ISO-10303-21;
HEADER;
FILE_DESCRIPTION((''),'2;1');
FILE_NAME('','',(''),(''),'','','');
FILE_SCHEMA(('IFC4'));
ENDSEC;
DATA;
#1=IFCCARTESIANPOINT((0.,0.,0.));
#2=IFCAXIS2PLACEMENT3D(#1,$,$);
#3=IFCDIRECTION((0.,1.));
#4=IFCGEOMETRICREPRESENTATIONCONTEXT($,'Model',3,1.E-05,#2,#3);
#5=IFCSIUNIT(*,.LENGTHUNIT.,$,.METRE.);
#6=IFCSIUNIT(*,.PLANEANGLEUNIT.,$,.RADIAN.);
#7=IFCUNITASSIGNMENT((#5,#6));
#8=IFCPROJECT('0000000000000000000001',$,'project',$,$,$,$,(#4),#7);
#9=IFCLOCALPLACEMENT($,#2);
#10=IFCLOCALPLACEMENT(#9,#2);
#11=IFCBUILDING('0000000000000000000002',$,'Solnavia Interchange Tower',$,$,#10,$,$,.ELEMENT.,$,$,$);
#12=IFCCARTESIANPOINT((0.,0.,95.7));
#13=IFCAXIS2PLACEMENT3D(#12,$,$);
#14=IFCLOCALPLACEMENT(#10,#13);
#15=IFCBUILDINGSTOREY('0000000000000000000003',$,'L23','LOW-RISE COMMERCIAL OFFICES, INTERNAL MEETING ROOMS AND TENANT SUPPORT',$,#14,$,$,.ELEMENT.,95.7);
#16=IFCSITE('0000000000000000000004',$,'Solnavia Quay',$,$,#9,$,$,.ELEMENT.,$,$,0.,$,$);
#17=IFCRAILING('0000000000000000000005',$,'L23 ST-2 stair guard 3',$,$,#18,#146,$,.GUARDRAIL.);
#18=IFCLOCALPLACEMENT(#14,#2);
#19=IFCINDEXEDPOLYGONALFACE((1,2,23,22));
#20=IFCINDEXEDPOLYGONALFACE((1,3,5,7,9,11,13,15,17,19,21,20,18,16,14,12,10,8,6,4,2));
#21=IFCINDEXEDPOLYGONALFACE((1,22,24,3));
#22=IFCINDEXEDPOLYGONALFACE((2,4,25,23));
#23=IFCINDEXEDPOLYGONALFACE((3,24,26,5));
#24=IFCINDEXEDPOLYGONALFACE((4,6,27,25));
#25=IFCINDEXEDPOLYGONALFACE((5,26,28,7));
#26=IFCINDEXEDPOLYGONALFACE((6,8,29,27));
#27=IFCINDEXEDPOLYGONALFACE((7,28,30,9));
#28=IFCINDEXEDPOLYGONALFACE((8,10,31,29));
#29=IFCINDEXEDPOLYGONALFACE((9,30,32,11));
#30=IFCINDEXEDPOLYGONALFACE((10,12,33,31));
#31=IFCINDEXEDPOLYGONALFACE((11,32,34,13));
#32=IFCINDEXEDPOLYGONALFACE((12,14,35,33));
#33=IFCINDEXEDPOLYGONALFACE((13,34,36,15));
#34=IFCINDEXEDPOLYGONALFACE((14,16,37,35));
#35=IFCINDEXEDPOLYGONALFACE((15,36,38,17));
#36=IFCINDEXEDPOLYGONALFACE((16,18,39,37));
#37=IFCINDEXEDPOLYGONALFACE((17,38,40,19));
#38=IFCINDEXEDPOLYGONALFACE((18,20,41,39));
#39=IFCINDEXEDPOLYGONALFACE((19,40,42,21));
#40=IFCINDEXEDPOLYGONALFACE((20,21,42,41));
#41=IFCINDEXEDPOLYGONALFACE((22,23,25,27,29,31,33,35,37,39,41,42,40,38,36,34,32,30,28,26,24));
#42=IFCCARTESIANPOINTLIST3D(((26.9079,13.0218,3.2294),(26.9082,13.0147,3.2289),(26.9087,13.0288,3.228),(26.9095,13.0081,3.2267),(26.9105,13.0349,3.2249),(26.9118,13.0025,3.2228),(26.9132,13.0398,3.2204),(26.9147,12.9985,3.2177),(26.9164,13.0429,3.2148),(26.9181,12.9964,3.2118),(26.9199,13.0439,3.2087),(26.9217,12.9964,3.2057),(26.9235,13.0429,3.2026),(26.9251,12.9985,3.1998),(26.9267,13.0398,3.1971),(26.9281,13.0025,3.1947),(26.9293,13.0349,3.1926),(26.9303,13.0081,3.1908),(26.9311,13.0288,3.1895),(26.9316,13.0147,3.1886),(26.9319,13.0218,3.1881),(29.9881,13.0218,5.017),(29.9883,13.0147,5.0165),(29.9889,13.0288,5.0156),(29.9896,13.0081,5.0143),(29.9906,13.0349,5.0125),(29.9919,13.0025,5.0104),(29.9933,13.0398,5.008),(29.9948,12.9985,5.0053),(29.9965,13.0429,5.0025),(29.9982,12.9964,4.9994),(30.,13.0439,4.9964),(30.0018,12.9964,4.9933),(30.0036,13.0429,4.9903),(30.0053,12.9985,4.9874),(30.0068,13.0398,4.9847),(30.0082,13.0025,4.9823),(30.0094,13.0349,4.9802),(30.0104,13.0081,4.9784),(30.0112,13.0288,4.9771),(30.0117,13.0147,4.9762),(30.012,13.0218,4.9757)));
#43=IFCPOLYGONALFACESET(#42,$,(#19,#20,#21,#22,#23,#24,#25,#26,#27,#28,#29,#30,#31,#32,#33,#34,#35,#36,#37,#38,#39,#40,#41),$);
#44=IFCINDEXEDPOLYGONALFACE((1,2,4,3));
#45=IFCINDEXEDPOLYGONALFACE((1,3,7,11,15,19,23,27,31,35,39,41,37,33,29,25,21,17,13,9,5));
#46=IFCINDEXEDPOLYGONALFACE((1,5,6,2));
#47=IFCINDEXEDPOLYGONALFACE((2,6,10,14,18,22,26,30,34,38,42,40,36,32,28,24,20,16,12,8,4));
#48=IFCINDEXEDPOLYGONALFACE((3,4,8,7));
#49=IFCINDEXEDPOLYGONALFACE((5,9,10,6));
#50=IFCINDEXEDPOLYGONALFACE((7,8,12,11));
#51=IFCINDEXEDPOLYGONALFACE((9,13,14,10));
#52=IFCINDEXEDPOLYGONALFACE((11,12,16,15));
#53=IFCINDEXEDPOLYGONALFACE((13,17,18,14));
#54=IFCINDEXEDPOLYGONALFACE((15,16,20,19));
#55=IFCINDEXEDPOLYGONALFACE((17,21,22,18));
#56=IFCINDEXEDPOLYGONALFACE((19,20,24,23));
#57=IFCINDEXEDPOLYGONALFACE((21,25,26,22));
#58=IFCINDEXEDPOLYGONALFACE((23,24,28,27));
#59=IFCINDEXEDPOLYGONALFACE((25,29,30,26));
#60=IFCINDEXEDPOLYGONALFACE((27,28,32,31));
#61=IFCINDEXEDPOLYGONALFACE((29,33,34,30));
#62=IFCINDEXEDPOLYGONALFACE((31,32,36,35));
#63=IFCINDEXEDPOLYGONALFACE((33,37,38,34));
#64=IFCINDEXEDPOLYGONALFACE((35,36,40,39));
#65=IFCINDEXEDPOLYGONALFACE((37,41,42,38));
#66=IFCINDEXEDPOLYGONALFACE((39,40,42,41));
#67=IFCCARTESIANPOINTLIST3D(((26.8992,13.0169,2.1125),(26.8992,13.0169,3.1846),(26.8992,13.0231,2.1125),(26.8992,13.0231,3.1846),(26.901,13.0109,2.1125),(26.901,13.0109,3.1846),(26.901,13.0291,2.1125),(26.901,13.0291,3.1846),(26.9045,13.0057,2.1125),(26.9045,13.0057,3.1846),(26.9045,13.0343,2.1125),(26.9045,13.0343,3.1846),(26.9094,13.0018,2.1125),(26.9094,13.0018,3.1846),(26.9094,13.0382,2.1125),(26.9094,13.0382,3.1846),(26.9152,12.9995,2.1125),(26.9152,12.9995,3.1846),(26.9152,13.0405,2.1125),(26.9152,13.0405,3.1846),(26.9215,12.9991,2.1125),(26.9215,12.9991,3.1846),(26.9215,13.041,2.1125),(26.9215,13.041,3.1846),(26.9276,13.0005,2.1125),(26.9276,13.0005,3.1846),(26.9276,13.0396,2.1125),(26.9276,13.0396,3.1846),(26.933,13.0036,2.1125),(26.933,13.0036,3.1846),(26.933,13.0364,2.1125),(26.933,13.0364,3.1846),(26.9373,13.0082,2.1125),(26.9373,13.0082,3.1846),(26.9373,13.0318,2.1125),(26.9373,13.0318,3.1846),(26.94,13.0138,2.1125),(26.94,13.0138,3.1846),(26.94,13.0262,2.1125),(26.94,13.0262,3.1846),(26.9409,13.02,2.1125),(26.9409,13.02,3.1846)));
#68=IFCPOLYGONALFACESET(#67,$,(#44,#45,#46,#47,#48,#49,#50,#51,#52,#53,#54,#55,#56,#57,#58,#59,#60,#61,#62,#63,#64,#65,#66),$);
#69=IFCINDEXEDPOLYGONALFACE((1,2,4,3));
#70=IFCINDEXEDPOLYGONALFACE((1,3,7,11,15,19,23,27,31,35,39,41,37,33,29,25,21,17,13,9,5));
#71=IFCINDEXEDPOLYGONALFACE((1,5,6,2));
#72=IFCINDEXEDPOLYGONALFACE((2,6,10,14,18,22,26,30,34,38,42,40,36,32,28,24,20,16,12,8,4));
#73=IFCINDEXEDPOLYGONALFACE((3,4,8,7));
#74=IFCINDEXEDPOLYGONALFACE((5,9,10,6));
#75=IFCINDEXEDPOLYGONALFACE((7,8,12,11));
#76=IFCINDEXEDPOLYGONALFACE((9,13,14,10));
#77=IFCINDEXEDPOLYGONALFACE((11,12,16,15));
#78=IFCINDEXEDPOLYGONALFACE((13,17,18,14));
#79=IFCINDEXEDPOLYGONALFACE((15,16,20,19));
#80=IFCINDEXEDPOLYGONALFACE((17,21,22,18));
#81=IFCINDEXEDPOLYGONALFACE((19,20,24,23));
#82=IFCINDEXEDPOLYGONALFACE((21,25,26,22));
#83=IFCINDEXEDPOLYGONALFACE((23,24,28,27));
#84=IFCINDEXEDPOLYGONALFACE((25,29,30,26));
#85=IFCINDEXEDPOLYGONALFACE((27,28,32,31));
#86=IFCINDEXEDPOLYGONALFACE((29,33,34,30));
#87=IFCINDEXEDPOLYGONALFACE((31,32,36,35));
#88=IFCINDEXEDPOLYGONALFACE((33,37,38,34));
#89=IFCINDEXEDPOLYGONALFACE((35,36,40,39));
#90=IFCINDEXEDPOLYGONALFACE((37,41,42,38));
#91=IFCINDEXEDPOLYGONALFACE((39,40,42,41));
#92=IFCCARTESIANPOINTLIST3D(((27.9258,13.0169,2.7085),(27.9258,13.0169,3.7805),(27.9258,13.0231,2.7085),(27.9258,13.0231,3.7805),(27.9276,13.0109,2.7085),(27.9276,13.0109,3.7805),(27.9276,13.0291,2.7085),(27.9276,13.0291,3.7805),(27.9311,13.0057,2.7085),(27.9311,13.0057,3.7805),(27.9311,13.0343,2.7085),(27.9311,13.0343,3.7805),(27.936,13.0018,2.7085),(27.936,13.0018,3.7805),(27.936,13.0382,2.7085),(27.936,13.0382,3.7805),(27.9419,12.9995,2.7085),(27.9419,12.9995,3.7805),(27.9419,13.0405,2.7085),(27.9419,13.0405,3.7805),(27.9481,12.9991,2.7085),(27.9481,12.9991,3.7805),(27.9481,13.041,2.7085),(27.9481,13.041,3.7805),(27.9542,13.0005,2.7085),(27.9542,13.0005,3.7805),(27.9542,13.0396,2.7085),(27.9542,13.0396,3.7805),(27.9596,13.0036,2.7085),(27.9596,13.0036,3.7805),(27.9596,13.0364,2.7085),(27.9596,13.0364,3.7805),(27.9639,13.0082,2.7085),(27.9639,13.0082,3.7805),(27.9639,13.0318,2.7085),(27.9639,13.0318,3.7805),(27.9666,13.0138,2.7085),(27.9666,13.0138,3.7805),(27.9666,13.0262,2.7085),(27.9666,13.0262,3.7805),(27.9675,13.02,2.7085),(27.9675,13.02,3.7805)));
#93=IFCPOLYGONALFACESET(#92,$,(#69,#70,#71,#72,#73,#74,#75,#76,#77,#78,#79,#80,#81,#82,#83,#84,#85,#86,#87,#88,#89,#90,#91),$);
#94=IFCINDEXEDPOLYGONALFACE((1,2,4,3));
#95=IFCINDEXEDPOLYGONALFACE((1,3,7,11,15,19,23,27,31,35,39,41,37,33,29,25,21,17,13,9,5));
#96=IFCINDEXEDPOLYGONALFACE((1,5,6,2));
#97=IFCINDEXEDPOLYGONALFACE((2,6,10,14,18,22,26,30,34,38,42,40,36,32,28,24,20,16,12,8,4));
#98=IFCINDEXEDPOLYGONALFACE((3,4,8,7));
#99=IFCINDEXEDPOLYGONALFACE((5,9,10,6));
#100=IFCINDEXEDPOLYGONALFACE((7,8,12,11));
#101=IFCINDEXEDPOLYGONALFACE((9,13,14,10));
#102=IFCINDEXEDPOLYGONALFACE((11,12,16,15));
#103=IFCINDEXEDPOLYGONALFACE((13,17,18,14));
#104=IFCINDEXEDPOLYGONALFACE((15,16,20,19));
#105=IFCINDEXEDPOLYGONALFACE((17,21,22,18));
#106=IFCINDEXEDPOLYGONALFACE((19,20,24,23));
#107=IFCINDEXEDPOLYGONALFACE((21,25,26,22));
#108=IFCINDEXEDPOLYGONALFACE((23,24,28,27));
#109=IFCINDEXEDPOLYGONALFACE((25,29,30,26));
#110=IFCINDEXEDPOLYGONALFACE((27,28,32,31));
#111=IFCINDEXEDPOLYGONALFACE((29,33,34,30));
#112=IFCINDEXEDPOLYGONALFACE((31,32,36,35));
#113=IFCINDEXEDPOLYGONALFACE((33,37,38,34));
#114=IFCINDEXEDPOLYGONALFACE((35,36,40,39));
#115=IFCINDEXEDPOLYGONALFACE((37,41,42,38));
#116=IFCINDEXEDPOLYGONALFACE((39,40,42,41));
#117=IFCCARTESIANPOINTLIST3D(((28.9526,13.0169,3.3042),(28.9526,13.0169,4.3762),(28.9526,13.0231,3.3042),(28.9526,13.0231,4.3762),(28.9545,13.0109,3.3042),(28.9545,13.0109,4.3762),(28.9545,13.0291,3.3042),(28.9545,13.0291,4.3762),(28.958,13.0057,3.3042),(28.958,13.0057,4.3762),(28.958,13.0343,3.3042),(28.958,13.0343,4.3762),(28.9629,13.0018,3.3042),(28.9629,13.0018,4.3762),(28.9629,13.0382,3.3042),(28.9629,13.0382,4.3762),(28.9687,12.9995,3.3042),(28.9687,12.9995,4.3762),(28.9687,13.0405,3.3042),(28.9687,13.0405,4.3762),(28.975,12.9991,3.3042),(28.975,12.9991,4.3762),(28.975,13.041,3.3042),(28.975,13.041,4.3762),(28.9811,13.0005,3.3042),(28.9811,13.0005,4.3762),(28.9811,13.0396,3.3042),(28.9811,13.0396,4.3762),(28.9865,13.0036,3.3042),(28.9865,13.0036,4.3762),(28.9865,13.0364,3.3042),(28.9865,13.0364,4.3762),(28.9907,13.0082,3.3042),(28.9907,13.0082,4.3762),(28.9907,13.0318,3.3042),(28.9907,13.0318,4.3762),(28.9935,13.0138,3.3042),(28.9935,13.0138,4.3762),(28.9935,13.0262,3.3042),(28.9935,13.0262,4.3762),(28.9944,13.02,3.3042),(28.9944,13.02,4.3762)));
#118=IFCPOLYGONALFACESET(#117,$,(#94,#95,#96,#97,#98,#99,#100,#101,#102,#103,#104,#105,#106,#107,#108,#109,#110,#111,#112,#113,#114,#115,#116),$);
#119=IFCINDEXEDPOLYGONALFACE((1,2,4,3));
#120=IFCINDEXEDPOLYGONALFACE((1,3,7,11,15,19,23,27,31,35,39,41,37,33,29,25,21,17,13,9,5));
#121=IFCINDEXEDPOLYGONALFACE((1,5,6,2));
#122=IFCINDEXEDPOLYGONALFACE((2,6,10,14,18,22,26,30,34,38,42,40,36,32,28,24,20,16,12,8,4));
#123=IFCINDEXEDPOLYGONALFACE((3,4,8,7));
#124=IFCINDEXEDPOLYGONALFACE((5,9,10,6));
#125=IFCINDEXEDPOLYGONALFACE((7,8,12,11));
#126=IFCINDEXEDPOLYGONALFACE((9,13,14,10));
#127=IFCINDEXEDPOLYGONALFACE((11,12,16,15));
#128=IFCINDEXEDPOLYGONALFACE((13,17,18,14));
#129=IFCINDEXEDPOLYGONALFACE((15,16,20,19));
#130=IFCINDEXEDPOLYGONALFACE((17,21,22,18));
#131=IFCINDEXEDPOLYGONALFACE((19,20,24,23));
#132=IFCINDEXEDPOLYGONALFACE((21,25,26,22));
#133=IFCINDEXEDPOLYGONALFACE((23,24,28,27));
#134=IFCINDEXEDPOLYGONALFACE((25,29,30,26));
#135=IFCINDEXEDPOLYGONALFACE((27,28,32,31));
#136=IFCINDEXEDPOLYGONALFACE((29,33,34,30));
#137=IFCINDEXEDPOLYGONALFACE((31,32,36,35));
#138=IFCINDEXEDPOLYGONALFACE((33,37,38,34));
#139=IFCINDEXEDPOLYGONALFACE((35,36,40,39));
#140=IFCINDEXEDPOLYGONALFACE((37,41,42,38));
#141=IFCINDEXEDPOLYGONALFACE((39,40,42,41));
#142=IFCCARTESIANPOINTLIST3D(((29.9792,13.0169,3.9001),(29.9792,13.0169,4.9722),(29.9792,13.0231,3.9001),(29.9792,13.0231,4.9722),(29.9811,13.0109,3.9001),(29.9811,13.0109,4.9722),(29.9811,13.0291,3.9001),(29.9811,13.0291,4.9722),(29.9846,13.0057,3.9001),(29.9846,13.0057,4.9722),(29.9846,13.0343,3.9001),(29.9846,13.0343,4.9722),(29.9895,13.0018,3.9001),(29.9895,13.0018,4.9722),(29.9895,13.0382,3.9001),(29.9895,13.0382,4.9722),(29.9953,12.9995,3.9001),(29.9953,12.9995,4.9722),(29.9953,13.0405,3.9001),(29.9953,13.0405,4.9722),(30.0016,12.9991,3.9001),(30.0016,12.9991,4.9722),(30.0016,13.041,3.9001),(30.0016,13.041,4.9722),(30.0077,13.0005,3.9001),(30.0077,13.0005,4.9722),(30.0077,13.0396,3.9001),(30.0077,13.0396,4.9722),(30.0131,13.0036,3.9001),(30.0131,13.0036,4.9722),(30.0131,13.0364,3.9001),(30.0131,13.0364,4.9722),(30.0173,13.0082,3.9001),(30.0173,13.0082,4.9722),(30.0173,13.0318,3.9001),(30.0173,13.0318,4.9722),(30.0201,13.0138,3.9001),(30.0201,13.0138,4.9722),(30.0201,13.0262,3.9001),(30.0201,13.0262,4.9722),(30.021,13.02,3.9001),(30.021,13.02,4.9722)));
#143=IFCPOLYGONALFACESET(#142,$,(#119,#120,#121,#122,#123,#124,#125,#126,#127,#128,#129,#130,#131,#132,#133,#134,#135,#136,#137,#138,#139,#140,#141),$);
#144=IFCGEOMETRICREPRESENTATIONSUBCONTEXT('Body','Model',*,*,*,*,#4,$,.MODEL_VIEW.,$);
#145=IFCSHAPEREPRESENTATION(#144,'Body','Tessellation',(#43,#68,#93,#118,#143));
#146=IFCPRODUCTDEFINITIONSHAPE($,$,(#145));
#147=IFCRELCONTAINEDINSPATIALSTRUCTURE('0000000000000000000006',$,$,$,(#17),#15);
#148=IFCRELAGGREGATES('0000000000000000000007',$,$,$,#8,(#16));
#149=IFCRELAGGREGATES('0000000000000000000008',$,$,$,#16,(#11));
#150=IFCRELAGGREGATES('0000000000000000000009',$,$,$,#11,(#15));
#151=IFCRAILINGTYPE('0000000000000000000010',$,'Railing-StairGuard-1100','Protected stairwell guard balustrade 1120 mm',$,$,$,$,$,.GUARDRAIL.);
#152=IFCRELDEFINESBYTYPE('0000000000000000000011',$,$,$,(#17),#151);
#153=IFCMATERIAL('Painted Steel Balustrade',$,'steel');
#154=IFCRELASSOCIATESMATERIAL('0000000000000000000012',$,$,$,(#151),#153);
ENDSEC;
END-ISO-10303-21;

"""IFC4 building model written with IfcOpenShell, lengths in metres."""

from ifc_helpers import new_model, si_unit, direction, frame, origin, origin_2d, place, context, subcontext, project, spatial, circle, extrude, material, type_object, element, save


model = new_model("IFC4")

# Units and contexts
model_context = context("Model", 3, precision=1e-05, world=origin(), true_north=direction((0.0, 1.0)))
body_context = subcontext(model_context, "Body", "Model", "MODEL_VIEW")
ifc_project = project(units=[si_unit("LENGTHUNIT", "METRE"), si_unit("PLANEANGLEUNIT", "RADIAN")], contexts=[model_context])

# Site, building, storey
site_placement = place(None, origin())
site = spatial("IfcSite", under=ifc_project, at=site_placement, Name="Solnavia Quay", CompositionType="ELEMENT", RefElevation=0.0)
building_placement = place(site_placement, origin())
building = spatial("IfcBuilding", under=site, at=building_placement, Name="Solnavia Interchange Tower", CompositionType="ELEMENT")
storey_placement = place(building_placement, frame((0.0, 0.0, 95.7)))
storey = spatial("IfcBuildingStorey", under=building, at=storey_placement, Name="L23", Description="LOW-RISE COMMERCIAL OFFICES, INTERNAL MEETING ROOMS AND TENANT SUPPORT", CompositionType="ELEMENT", Elevation=95.7)

# Railing
ifc_material_1 = material(Name="Painted Steel Balustrade", Category="steel")
railing_type_1 = type_object("IfcRailingType", Name="Railing-StairGuard-1100", Description="Protected stairwell guard balustrade 1120 mm", PredefinedType="GUARDRAIL", material=ifc_material_1)
railing_1_placement = place(storey_placement, frame((26.9199, 13.02, 2.1125)))
element("IfcRailing", 1, at=railing_1_placement, inside=storey, type_object=railing_type_1, Name="L23 ST-2 stair guard 3", PredefinedType="GUARDRAIL", context=body_context, shape_type="SweptSolid", body=[
    extrude(circle(Radius=0.0239, at=origin_2d()), frame((0.0, 0.0, 1.0962), z_axis=(0.864891, 0.0, 0.50196), x_axis=(0.0, 1.0, 0.0)), (0.0, 0.0, 1.0), 3.5613),
    extrude(circle(Radius=0.021, at=origin_2d()), origin(), (0.0, 0.0, 1.0), 1.072),
    extrude(circle(Radius=0.021, at=origin_2d()), frame((1.0266, 0.0, 0.5959)), (0.0, 0.0, 1.0), 1.072),
    extrude(circle(Radius=0.021, at=origin_2d()), frame((2.0535, 0.0, 1.1917)), (0.0, 0.0, 1.0), 1.072),
    extrude(circle(Radius=0.021, at=origin_2d()), frame((3.0801, 0.0, 1.7876)), (0.0, 0.0, 1.0), 1.072),
])

save(model, "model.ifc")
